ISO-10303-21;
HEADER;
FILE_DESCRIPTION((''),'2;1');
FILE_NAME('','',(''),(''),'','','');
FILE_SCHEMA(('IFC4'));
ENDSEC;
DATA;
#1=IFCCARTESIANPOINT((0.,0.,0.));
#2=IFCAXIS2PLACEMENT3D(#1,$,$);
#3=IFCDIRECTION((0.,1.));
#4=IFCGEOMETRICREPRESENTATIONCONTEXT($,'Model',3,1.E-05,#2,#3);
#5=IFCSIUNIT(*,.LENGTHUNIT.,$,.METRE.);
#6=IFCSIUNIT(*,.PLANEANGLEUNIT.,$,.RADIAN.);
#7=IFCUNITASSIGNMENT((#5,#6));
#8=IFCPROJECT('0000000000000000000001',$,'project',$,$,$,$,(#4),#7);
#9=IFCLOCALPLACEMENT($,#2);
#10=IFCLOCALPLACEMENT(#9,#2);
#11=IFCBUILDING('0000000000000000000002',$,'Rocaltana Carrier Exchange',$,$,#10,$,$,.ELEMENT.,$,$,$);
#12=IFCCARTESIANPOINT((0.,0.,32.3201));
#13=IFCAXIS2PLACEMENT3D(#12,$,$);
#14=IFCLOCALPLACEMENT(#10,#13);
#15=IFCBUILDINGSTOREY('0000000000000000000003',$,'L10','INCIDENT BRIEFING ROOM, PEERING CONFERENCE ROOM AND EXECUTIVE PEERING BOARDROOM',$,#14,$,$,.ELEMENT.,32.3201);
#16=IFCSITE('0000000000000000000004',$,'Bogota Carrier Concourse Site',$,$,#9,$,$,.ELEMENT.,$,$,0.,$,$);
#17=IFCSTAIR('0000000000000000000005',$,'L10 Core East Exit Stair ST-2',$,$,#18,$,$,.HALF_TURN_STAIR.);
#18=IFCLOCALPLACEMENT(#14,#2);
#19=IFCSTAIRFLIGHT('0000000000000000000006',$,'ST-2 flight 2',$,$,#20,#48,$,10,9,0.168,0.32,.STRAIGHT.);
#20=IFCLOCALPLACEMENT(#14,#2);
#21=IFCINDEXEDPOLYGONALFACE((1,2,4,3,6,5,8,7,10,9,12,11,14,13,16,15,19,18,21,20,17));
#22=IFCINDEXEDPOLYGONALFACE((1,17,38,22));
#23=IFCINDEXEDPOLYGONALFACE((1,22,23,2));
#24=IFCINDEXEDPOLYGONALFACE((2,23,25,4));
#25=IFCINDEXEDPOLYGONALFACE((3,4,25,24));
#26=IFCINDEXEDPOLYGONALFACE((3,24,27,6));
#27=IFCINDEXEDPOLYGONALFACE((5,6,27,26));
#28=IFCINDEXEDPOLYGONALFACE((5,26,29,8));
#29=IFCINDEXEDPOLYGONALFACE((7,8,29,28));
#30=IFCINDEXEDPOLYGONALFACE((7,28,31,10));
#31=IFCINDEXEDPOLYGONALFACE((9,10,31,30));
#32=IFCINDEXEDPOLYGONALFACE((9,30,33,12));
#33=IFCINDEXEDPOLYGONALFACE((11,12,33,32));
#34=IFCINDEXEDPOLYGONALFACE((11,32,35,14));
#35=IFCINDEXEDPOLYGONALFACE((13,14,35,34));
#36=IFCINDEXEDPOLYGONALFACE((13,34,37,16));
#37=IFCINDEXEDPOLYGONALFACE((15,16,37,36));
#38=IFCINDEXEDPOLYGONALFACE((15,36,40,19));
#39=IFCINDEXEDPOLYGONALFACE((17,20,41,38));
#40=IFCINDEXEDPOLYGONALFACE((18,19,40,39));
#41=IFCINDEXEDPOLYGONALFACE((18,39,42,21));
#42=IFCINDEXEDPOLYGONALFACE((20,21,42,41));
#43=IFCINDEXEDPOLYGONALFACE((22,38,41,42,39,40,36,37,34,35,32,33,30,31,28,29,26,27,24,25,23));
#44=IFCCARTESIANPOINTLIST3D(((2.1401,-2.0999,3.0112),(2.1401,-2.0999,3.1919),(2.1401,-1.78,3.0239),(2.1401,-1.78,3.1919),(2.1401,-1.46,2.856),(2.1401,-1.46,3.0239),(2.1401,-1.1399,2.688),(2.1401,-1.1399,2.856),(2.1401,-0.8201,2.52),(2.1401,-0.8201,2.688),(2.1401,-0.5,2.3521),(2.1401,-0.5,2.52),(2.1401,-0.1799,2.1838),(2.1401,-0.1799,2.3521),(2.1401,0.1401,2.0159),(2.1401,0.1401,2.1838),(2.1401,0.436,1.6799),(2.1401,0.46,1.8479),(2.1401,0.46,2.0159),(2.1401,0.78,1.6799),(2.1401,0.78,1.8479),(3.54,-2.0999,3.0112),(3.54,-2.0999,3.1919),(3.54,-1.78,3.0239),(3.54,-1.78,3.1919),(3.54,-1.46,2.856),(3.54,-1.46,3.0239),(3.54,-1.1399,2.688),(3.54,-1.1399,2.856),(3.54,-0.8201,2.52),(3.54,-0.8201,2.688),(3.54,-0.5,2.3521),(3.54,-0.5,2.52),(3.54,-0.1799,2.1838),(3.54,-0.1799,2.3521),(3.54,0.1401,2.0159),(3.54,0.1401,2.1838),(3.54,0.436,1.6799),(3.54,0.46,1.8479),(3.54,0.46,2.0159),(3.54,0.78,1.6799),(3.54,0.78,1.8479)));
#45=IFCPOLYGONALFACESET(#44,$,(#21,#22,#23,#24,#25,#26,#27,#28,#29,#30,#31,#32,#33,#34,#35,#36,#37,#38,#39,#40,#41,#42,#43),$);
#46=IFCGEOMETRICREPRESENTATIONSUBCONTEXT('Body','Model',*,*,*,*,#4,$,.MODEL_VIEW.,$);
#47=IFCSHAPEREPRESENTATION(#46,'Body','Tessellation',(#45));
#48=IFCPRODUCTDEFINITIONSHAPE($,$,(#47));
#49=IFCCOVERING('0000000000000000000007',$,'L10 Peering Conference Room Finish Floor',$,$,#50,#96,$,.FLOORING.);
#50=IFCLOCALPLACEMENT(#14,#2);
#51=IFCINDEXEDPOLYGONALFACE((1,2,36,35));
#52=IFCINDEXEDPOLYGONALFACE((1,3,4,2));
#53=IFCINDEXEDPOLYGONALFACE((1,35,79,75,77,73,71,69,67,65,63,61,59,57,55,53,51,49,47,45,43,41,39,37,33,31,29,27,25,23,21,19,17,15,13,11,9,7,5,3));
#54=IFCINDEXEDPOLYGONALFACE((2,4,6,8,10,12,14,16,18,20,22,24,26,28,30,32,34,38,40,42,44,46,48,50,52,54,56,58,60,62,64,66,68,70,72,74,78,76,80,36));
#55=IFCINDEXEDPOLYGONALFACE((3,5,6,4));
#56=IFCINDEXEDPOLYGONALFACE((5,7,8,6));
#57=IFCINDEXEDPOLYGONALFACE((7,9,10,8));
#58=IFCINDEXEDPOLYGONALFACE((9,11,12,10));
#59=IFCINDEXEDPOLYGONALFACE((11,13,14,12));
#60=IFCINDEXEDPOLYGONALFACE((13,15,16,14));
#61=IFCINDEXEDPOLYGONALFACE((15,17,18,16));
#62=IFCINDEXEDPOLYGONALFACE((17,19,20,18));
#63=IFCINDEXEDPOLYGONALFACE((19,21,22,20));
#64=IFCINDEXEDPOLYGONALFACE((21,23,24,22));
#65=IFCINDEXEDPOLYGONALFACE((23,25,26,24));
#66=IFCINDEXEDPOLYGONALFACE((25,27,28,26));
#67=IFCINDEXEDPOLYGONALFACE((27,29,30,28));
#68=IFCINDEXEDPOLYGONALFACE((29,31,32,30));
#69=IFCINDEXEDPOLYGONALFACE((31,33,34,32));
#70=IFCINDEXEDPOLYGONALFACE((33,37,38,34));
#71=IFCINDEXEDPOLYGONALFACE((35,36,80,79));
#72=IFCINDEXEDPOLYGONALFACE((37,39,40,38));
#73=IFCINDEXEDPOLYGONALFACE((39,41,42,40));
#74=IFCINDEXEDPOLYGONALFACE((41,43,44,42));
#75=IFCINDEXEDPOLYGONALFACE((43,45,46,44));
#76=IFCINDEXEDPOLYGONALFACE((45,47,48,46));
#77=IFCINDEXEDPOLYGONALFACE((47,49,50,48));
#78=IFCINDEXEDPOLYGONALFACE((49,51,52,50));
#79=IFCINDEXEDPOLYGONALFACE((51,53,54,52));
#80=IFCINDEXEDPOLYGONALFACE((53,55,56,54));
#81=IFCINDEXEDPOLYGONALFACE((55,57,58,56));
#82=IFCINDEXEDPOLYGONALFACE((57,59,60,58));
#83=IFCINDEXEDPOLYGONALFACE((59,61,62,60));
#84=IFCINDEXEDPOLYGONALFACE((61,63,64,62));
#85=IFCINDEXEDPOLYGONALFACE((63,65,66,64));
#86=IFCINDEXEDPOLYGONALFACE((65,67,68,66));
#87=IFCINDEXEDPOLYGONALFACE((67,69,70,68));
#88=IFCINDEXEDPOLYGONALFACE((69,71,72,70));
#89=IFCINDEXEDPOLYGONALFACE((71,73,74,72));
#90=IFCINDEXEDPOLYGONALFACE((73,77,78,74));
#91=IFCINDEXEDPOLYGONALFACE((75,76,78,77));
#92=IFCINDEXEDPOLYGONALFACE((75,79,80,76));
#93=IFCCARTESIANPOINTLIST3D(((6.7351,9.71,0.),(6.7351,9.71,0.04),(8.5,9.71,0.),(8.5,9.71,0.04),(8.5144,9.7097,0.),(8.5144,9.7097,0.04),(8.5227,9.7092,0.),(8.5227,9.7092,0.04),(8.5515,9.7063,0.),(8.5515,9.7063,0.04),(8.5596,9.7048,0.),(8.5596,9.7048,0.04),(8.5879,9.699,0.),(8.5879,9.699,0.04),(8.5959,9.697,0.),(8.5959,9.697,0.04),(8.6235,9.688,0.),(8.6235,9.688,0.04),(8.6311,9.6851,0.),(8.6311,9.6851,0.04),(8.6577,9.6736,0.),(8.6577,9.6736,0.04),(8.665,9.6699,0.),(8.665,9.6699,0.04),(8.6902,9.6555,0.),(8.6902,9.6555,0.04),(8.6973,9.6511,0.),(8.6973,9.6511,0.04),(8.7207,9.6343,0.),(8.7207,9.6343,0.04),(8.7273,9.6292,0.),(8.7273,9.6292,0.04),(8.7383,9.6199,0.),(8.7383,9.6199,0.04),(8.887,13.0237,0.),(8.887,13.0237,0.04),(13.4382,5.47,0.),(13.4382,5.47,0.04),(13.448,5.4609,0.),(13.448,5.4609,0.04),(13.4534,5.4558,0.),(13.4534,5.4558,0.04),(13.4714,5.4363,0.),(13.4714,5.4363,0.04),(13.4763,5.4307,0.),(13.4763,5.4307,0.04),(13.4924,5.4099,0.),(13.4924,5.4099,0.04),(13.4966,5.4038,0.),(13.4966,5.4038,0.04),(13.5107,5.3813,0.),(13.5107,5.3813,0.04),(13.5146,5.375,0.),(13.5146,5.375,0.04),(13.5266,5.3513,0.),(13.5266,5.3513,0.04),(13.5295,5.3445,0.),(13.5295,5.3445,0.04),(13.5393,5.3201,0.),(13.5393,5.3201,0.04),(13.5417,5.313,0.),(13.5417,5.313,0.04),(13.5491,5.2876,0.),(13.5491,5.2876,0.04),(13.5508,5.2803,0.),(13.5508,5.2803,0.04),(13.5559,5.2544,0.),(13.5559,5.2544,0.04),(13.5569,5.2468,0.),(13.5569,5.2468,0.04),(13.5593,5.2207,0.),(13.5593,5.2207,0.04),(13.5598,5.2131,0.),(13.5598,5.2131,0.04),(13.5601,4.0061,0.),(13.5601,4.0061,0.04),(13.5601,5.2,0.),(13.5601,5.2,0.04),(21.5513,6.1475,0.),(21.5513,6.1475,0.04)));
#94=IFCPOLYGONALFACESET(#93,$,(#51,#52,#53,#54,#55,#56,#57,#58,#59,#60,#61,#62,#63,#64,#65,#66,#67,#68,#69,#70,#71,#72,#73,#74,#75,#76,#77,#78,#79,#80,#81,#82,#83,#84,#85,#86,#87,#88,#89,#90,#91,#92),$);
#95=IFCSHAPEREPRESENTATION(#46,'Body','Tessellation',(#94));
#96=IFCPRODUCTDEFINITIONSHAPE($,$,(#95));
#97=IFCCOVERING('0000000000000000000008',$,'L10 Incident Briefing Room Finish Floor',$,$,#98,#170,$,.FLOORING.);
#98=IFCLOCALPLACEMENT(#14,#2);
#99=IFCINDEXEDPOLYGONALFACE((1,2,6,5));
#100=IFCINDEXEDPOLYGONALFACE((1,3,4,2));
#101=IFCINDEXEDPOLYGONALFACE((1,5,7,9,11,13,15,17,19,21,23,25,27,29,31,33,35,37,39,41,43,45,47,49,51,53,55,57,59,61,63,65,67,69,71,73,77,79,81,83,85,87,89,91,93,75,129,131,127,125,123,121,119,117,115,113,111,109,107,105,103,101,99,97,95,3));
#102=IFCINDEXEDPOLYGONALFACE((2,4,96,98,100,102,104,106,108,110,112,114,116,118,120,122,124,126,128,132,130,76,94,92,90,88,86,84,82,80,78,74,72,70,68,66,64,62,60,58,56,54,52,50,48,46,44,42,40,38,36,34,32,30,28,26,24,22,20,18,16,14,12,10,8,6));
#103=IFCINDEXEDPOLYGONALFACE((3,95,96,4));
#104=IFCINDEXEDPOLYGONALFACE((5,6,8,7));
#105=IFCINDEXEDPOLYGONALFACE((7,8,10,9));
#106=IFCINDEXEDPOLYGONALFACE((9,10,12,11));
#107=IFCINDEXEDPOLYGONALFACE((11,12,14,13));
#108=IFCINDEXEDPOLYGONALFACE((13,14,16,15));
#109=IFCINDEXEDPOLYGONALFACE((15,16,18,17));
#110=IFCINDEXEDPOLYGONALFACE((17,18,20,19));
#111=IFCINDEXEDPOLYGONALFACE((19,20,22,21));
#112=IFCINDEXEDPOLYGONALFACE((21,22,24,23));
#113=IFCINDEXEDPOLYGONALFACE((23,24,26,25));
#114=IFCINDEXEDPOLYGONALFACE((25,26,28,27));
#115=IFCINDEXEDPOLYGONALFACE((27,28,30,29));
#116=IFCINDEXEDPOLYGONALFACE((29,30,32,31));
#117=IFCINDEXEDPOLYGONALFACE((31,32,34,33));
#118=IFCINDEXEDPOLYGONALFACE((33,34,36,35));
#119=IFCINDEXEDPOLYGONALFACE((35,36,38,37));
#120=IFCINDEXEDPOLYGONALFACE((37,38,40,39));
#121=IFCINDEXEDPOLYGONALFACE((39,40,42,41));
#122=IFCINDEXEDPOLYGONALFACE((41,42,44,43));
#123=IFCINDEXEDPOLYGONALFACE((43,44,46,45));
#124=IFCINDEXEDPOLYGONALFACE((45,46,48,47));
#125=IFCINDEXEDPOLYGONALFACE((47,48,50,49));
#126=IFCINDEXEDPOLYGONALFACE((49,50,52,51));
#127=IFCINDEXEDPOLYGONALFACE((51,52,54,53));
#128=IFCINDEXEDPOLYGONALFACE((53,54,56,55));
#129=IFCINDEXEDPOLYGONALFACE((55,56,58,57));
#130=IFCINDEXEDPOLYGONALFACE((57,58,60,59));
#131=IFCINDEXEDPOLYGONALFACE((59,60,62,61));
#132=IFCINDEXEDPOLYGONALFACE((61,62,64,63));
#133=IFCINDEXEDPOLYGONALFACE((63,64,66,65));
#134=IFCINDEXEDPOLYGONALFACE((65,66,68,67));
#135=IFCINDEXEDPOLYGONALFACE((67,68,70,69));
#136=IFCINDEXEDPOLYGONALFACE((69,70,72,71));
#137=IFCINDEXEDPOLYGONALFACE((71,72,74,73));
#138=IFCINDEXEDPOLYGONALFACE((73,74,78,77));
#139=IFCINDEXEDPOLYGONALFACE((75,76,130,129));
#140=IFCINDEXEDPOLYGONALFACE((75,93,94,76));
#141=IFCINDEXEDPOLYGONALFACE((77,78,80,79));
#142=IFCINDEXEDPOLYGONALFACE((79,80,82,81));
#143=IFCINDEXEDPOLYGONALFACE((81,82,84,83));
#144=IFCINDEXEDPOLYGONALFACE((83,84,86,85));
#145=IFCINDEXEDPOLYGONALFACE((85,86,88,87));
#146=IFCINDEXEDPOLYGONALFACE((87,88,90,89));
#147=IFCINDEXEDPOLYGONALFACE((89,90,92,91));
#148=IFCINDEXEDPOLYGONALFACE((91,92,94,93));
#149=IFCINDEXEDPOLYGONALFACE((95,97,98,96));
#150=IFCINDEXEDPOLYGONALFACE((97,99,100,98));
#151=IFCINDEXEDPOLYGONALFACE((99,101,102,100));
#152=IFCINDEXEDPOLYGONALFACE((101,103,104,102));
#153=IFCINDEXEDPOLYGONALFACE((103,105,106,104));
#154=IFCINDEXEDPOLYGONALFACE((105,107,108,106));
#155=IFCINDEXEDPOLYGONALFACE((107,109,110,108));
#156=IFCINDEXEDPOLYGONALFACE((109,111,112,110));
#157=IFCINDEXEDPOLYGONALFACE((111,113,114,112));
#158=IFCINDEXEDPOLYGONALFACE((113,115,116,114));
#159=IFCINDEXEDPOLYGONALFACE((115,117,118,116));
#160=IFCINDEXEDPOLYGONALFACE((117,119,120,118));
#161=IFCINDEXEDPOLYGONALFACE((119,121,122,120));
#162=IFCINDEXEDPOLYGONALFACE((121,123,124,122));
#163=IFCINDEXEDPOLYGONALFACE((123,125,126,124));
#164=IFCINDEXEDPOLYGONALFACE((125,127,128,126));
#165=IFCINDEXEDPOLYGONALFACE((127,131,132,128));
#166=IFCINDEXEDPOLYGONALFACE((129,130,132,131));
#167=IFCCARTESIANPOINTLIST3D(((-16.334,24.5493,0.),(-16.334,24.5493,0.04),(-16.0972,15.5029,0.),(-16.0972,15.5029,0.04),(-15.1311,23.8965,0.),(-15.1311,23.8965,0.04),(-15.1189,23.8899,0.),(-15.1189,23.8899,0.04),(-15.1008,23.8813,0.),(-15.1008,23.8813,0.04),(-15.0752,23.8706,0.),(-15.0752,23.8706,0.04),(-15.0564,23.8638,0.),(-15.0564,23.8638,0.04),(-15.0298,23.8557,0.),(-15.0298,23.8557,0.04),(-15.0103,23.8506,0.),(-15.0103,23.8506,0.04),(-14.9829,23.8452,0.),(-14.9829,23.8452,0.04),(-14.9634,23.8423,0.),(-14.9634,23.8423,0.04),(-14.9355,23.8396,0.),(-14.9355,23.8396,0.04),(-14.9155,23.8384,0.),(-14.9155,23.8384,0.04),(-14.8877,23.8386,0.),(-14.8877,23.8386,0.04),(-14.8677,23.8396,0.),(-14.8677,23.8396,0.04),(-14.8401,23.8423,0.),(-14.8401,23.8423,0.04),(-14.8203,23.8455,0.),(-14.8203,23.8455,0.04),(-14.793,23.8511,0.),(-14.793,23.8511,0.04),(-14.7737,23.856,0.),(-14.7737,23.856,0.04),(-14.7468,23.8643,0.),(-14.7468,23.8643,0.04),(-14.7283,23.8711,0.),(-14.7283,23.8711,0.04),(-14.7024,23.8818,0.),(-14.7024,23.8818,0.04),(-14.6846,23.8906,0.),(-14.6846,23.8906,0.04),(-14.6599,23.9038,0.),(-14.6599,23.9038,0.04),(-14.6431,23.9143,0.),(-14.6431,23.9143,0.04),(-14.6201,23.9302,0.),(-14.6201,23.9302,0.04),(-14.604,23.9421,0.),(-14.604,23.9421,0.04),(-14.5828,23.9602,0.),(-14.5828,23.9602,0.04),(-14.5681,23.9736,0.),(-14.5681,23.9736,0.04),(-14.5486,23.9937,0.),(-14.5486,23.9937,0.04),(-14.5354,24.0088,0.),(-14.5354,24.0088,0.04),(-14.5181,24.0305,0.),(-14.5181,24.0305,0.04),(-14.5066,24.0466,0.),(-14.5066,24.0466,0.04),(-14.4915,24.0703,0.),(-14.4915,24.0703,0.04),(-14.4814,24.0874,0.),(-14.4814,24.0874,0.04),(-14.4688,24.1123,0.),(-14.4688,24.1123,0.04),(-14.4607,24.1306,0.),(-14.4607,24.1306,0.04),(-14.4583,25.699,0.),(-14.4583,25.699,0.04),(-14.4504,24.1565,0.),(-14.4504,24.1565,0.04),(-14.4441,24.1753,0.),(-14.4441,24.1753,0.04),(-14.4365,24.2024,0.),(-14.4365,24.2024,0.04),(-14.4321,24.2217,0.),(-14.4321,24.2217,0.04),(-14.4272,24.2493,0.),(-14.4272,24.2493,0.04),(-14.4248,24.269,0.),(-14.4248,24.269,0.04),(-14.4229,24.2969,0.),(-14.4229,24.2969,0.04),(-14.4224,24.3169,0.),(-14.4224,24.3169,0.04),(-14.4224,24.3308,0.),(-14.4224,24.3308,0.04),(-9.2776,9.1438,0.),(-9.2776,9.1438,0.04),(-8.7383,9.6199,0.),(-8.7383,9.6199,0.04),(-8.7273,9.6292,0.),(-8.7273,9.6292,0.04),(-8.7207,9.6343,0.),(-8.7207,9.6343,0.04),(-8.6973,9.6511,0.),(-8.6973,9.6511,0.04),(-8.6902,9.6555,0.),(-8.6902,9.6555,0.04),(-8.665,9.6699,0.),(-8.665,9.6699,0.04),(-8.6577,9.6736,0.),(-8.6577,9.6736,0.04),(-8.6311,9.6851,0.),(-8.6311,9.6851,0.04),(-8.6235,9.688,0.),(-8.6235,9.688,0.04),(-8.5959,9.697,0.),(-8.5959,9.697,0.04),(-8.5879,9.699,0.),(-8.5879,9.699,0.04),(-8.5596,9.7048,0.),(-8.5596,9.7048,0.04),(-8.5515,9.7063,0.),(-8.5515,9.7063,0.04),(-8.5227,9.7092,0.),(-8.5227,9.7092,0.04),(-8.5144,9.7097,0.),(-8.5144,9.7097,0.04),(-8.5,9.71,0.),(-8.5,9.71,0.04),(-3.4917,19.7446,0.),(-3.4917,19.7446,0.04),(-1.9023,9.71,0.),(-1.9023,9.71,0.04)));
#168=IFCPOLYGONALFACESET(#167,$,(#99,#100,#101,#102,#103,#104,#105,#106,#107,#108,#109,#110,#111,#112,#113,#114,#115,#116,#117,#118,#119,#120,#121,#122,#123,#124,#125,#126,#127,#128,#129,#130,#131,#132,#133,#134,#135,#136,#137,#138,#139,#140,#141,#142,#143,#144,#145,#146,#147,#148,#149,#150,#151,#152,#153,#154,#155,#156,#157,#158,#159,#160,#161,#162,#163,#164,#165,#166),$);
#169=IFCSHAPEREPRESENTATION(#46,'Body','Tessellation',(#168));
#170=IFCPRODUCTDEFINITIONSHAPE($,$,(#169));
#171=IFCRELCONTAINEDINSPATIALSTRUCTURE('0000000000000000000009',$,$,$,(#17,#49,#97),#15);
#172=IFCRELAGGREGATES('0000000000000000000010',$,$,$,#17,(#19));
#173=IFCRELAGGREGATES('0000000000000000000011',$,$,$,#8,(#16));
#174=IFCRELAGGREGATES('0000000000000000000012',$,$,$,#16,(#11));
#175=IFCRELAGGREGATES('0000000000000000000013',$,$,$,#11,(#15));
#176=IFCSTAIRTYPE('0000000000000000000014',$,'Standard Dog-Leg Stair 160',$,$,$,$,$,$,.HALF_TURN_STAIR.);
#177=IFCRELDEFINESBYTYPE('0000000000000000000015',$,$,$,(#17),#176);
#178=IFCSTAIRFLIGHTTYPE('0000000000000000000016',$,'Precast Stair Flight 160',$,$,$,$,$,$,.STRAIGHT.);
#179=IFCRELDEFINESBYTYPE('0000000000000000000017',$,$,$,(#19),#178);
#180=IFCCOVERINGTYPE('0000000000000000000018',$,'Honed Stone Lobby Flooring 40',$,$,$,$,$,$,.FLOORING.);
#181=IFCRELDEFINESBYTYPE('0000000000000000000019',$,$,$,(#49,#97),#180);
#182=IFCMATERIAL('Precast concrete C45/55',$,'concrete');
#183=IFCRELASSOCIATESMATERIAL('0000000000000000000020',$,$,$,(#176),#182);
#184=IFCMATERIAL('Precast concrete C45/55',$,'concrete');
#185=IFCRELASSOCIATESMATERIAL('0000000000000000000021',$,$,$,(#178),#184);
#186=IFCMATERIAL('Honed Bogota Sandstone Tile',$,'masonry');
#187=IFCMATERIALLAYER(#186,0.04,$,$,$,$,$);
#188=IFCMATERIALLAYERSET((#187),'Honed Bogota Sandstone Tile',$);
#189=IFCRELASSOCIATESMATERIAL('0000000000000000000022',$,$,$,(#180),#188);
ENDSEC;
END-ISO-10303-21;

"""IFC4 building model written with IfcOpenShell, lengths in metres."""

from ifc_helpers import new_model, si_unit, direction, frame, origin, place, context, subcontext, project, spatial, polyline, outline, extrude, material, layer, layer_set, type_object, element, aggregate, save


model = new_model("IFC4")

# Units and contexts
model_context = context("Model", 3, precision=1e-05, world=origin(), true_north=direction((0.0, 1.0)))
body_context = subcontext(model_context, "Body", "Model", "MODEL_VIEW")
ifc_project = project(units=[si_unit("LENGTHUNIT", "METRE"), si_unit("PLANEANGLEUNIT", "RADIAN")], contexts=[model_context])

# Site, building, storey
site_placement = place(None, origin())
site = spatial("IfcSite", under=ifc_project, at=site_placement, Name="Bogota Carrier Concourse Site", CompositionType="ELEMENT", RefElevation=0.0)
building_placement = place(site_placement, origin())
building = spatial("IfcBuilding", under=site, at=building_placement, Name="Rocaltana Carrier Exchange", CompositionType="ELEMENT")
storey_placement = place(building_placement, frame((0.0, 0.0, 32.3201)))
storey = spatial("IfcBuildingStorey", under=building, at=storey_placement, Name="L10", Description="INCIDENT BRIEFING ROOM, PEERING CONFERENCE ROOM AND EXECUTIVE PEERING BOARDROOM", CompositionType="ELEMENT", Elevation=32.3201)

# Stair, stair flight
ifc_material_1 = material(Name="Precast concrete C45/55", Category="concrete")
stair_type = type_object("IfcStairType", Name="Standard Dog-Leg Stair 160", PredefinedType="HALF_TURN_STAIR", material=ifc_material_1)
stair_placement = place(storey_placement, origin())
stair = element("IfcStair", 1, at=stair_placement, inside=storey, type_object=stair_type, Name="L10 Core East Exit Stair ST-2", PredefinedType="HALF_TURN_STAIR")
ifc_material_2 = material(Name="Precast concrete C45/55", Category="concrete")
stair_flight_type = type_object("IfcStairFlightType", Name="Precast Stair Flight 160", PredefinedType="STRAIGHT", material=ifc_material_2)
stair_flight_placement = place(storey_placement, frame((2.8401, 0.78, 1.6799), z_axis=(0.0, 0.0, 1.0), x_axis=(0.0, -1.0, 0.0)))
stair_flight = element("IfcStairFlight", 2, at=stair_flight_placement, type_object=stair_flight_type, Name="ST-2 flight 2", NumberOfRisers=10, NumberOfTreads=9, PredefinedType="STRAIGHT", RiserHeight=0.168, TreadLength=0.32, context=body_context, shape_type="SweptSolid", body=[
    extrude(outline(polyline([(0.0, 0.0), (0.0, 0.168), (0.3201, 0.168), (0.3201, 0.3359), (0.6399, 0.3359), (0.6399, 0.5039), (0.96, 0.5039), (0.96, 0.6721), (1.28, 0.6721), (1.28, 0.8401), (1.6001, 0.8401), (1.6001, 1.0081), (1.9199, 1.0081), (1.9199, 1.176), (2.24, 1.176), (2.24, 1.344), (2.5601, 1.344), (2.5601, 1.512), (2.8799, 1.512), (2.8799, 1.6799), (2.8799, 1.3313), (0.344, 0.0), (0.0, 0.0)])), frame((0.0, 0.7, 0.0), z_axis=(0.0, -1.0, 0.0), x_axis=(1.0, 0.0, 0.0)), (0.0, 0.0, 1.0), 1.3999),
])
aggregate(stair, [stair_flight])

# Coverings
ifc_material_3 = material(Name="Honed Bogota Sandstone Tile", Category="masonry")
ifc_layer_1 = layer(ifc_material_3, 0.04)
ifc_layer_set_1 = layer_set([ifc_layer_1], Name="Honed Bogota Sandstone Tile")
covering_type_1 = type_object("IfcCoveringType", Name="Honed Stone Lobby Flooring 40", PredefinedType="FLOORING", material=ifc_layer_set_1)
covering_1_placement = place(storey_placement, origin())
element("IfcCovering", 3, at=covering_1_placement, inside=storey, type_object=covering_type_1, Name="L10 Peering Conference Room Finish Floor", PredefinedType="FLOORING", context=body_context, shape_type="SweptSolid", body=[
    extrude(outline(polyline([(21.5513, 6.1475), (13.5601, 4.0061), (13.5601, 5.2), (13.5598, 5.2131), (13.5593, 5.2207), (13.5569, 5.2468), (13.5559, 5.2544), (13.5508, 5.2803), (13.5491, 5.2876), (13.5417, 5.313), (13.5393, 5.3201), (13.5295, 5.3445), (13.5266, 5.3513), (13.5146, 5.375), (13.5107, 5.3813), (13.4966, 5.4038), (13.4924, 5.4099), (13.4763, 5.4307), (13.4714, 5.4363), (13.4534, 5.4558), (13.448, 5.4609), (13.4382, 5.47), (8.7383, 9.6199), (8.7273, 9.6292), (8.7207, 9.6343), (8.6973, 9.6511), (8.6902, 9.6555), (8.665, 9.6699), (8.6577, 9.6736), (8.6311, 9.6851), (8.6235, 9.688), (8.5959, 9.697), (8.5879, 9.699), (8.5596, 9.7048), (8.5515, 9.7063), (8.5227, 9.7092), (8.5144, 9.7097), (8.5, 9.71), (6.7351, 9.71), (8.887, 13.0237), (21.5513, 6.1475)])), origin(), (0.0, 0.0, 1.0), 0.04),
])
covering_2_placement = place(storey_placement, origin())
element("IfcCovering", 4, at=covering_2_placement, inside=storey, type_object=covering_type_1, Name="L10 Incident Briefing Room Finish Floor", PredefinedType="FLOORING", context=body_context, shape_type="SweptSolid", body=[
    extrude(outline(polyline([(-16.334, 24.5493), (-15.1311, 23.8965), (-15.1189, 23.8899), (-15.1008, 23.8813), (-15.0752, 23.8706), (-15.0564, 23.8638), (-15.0298, 23.8557), (-15.0103, 23.8506), (-14.9829, 23.8452), (-14.9634, 23.8423), (-14.9355, 23.8396), (-14.9155, 23.8384), (-14.8877, 23.8386), (-14.8677, 23.8396), (-14.8401, 23.8423), (-14.8203, 23.8455), (-14.793, 23.8511), (-14.7737, 23.856), (-14.7468, 23.8643), (-14.7283, 23.8711), (-14.7024, 23.8818), (-14.6846, 23.8906), (-14.6599, 23.9038), (-14.6431, 23.9143), (-14.6201, 23.9302), (-14.604, 23.9421), (-14.5828, 23.9602), (-14.5681, 23.9736), (-14.5486, 23.9937), (-14.5354, 24.0088), (-14.5181, 24.0305), (-14.5066, 24.0466), (-14.4915, 24.0703), (-14.4814, 24.0874), (-14.4688, 24.1123), (-14.4607, 24.1306), (-14.4504, 24.1565), (-14.4441, 24.1753), (-14.4365, 24.2024), (-14.4321, 24.2217), (-14.4272, 24.2493), (-14.4248, 24.269), (-14.4229, 24.2969), (-14.4224, 24.3169), (-14.4224, 24.3308), (-14.4583, 25.699), (-3.4917, 19.7446), (-1.9023, 9.71), (-8.5, 9.71), (-8.5144, 9.7097), (-8.5227, 9.7092), (-8.5515, 9.7063), (-8.5596, 9.7048), (-8.5879, 9.699), (-8.5959, 9.697), (-8.6235, 9.688), (-8.6311, 9.6851), (-8.6577, 9.6736), (-8.665, 9.6699), (-8.6902, 9.6555), (-8.6973, 9.6511), (-8.7207, 9.6343), (-8.7273, 9.6292), (-8.7383, 9.6199), (-9.2776, 9.1438), (-16.0972, 15.5029), (-16.334, 24.5493)])), origin(), (0.0, 0.0, 1.0), 0.04),
])

save(model, "model.ifc")
